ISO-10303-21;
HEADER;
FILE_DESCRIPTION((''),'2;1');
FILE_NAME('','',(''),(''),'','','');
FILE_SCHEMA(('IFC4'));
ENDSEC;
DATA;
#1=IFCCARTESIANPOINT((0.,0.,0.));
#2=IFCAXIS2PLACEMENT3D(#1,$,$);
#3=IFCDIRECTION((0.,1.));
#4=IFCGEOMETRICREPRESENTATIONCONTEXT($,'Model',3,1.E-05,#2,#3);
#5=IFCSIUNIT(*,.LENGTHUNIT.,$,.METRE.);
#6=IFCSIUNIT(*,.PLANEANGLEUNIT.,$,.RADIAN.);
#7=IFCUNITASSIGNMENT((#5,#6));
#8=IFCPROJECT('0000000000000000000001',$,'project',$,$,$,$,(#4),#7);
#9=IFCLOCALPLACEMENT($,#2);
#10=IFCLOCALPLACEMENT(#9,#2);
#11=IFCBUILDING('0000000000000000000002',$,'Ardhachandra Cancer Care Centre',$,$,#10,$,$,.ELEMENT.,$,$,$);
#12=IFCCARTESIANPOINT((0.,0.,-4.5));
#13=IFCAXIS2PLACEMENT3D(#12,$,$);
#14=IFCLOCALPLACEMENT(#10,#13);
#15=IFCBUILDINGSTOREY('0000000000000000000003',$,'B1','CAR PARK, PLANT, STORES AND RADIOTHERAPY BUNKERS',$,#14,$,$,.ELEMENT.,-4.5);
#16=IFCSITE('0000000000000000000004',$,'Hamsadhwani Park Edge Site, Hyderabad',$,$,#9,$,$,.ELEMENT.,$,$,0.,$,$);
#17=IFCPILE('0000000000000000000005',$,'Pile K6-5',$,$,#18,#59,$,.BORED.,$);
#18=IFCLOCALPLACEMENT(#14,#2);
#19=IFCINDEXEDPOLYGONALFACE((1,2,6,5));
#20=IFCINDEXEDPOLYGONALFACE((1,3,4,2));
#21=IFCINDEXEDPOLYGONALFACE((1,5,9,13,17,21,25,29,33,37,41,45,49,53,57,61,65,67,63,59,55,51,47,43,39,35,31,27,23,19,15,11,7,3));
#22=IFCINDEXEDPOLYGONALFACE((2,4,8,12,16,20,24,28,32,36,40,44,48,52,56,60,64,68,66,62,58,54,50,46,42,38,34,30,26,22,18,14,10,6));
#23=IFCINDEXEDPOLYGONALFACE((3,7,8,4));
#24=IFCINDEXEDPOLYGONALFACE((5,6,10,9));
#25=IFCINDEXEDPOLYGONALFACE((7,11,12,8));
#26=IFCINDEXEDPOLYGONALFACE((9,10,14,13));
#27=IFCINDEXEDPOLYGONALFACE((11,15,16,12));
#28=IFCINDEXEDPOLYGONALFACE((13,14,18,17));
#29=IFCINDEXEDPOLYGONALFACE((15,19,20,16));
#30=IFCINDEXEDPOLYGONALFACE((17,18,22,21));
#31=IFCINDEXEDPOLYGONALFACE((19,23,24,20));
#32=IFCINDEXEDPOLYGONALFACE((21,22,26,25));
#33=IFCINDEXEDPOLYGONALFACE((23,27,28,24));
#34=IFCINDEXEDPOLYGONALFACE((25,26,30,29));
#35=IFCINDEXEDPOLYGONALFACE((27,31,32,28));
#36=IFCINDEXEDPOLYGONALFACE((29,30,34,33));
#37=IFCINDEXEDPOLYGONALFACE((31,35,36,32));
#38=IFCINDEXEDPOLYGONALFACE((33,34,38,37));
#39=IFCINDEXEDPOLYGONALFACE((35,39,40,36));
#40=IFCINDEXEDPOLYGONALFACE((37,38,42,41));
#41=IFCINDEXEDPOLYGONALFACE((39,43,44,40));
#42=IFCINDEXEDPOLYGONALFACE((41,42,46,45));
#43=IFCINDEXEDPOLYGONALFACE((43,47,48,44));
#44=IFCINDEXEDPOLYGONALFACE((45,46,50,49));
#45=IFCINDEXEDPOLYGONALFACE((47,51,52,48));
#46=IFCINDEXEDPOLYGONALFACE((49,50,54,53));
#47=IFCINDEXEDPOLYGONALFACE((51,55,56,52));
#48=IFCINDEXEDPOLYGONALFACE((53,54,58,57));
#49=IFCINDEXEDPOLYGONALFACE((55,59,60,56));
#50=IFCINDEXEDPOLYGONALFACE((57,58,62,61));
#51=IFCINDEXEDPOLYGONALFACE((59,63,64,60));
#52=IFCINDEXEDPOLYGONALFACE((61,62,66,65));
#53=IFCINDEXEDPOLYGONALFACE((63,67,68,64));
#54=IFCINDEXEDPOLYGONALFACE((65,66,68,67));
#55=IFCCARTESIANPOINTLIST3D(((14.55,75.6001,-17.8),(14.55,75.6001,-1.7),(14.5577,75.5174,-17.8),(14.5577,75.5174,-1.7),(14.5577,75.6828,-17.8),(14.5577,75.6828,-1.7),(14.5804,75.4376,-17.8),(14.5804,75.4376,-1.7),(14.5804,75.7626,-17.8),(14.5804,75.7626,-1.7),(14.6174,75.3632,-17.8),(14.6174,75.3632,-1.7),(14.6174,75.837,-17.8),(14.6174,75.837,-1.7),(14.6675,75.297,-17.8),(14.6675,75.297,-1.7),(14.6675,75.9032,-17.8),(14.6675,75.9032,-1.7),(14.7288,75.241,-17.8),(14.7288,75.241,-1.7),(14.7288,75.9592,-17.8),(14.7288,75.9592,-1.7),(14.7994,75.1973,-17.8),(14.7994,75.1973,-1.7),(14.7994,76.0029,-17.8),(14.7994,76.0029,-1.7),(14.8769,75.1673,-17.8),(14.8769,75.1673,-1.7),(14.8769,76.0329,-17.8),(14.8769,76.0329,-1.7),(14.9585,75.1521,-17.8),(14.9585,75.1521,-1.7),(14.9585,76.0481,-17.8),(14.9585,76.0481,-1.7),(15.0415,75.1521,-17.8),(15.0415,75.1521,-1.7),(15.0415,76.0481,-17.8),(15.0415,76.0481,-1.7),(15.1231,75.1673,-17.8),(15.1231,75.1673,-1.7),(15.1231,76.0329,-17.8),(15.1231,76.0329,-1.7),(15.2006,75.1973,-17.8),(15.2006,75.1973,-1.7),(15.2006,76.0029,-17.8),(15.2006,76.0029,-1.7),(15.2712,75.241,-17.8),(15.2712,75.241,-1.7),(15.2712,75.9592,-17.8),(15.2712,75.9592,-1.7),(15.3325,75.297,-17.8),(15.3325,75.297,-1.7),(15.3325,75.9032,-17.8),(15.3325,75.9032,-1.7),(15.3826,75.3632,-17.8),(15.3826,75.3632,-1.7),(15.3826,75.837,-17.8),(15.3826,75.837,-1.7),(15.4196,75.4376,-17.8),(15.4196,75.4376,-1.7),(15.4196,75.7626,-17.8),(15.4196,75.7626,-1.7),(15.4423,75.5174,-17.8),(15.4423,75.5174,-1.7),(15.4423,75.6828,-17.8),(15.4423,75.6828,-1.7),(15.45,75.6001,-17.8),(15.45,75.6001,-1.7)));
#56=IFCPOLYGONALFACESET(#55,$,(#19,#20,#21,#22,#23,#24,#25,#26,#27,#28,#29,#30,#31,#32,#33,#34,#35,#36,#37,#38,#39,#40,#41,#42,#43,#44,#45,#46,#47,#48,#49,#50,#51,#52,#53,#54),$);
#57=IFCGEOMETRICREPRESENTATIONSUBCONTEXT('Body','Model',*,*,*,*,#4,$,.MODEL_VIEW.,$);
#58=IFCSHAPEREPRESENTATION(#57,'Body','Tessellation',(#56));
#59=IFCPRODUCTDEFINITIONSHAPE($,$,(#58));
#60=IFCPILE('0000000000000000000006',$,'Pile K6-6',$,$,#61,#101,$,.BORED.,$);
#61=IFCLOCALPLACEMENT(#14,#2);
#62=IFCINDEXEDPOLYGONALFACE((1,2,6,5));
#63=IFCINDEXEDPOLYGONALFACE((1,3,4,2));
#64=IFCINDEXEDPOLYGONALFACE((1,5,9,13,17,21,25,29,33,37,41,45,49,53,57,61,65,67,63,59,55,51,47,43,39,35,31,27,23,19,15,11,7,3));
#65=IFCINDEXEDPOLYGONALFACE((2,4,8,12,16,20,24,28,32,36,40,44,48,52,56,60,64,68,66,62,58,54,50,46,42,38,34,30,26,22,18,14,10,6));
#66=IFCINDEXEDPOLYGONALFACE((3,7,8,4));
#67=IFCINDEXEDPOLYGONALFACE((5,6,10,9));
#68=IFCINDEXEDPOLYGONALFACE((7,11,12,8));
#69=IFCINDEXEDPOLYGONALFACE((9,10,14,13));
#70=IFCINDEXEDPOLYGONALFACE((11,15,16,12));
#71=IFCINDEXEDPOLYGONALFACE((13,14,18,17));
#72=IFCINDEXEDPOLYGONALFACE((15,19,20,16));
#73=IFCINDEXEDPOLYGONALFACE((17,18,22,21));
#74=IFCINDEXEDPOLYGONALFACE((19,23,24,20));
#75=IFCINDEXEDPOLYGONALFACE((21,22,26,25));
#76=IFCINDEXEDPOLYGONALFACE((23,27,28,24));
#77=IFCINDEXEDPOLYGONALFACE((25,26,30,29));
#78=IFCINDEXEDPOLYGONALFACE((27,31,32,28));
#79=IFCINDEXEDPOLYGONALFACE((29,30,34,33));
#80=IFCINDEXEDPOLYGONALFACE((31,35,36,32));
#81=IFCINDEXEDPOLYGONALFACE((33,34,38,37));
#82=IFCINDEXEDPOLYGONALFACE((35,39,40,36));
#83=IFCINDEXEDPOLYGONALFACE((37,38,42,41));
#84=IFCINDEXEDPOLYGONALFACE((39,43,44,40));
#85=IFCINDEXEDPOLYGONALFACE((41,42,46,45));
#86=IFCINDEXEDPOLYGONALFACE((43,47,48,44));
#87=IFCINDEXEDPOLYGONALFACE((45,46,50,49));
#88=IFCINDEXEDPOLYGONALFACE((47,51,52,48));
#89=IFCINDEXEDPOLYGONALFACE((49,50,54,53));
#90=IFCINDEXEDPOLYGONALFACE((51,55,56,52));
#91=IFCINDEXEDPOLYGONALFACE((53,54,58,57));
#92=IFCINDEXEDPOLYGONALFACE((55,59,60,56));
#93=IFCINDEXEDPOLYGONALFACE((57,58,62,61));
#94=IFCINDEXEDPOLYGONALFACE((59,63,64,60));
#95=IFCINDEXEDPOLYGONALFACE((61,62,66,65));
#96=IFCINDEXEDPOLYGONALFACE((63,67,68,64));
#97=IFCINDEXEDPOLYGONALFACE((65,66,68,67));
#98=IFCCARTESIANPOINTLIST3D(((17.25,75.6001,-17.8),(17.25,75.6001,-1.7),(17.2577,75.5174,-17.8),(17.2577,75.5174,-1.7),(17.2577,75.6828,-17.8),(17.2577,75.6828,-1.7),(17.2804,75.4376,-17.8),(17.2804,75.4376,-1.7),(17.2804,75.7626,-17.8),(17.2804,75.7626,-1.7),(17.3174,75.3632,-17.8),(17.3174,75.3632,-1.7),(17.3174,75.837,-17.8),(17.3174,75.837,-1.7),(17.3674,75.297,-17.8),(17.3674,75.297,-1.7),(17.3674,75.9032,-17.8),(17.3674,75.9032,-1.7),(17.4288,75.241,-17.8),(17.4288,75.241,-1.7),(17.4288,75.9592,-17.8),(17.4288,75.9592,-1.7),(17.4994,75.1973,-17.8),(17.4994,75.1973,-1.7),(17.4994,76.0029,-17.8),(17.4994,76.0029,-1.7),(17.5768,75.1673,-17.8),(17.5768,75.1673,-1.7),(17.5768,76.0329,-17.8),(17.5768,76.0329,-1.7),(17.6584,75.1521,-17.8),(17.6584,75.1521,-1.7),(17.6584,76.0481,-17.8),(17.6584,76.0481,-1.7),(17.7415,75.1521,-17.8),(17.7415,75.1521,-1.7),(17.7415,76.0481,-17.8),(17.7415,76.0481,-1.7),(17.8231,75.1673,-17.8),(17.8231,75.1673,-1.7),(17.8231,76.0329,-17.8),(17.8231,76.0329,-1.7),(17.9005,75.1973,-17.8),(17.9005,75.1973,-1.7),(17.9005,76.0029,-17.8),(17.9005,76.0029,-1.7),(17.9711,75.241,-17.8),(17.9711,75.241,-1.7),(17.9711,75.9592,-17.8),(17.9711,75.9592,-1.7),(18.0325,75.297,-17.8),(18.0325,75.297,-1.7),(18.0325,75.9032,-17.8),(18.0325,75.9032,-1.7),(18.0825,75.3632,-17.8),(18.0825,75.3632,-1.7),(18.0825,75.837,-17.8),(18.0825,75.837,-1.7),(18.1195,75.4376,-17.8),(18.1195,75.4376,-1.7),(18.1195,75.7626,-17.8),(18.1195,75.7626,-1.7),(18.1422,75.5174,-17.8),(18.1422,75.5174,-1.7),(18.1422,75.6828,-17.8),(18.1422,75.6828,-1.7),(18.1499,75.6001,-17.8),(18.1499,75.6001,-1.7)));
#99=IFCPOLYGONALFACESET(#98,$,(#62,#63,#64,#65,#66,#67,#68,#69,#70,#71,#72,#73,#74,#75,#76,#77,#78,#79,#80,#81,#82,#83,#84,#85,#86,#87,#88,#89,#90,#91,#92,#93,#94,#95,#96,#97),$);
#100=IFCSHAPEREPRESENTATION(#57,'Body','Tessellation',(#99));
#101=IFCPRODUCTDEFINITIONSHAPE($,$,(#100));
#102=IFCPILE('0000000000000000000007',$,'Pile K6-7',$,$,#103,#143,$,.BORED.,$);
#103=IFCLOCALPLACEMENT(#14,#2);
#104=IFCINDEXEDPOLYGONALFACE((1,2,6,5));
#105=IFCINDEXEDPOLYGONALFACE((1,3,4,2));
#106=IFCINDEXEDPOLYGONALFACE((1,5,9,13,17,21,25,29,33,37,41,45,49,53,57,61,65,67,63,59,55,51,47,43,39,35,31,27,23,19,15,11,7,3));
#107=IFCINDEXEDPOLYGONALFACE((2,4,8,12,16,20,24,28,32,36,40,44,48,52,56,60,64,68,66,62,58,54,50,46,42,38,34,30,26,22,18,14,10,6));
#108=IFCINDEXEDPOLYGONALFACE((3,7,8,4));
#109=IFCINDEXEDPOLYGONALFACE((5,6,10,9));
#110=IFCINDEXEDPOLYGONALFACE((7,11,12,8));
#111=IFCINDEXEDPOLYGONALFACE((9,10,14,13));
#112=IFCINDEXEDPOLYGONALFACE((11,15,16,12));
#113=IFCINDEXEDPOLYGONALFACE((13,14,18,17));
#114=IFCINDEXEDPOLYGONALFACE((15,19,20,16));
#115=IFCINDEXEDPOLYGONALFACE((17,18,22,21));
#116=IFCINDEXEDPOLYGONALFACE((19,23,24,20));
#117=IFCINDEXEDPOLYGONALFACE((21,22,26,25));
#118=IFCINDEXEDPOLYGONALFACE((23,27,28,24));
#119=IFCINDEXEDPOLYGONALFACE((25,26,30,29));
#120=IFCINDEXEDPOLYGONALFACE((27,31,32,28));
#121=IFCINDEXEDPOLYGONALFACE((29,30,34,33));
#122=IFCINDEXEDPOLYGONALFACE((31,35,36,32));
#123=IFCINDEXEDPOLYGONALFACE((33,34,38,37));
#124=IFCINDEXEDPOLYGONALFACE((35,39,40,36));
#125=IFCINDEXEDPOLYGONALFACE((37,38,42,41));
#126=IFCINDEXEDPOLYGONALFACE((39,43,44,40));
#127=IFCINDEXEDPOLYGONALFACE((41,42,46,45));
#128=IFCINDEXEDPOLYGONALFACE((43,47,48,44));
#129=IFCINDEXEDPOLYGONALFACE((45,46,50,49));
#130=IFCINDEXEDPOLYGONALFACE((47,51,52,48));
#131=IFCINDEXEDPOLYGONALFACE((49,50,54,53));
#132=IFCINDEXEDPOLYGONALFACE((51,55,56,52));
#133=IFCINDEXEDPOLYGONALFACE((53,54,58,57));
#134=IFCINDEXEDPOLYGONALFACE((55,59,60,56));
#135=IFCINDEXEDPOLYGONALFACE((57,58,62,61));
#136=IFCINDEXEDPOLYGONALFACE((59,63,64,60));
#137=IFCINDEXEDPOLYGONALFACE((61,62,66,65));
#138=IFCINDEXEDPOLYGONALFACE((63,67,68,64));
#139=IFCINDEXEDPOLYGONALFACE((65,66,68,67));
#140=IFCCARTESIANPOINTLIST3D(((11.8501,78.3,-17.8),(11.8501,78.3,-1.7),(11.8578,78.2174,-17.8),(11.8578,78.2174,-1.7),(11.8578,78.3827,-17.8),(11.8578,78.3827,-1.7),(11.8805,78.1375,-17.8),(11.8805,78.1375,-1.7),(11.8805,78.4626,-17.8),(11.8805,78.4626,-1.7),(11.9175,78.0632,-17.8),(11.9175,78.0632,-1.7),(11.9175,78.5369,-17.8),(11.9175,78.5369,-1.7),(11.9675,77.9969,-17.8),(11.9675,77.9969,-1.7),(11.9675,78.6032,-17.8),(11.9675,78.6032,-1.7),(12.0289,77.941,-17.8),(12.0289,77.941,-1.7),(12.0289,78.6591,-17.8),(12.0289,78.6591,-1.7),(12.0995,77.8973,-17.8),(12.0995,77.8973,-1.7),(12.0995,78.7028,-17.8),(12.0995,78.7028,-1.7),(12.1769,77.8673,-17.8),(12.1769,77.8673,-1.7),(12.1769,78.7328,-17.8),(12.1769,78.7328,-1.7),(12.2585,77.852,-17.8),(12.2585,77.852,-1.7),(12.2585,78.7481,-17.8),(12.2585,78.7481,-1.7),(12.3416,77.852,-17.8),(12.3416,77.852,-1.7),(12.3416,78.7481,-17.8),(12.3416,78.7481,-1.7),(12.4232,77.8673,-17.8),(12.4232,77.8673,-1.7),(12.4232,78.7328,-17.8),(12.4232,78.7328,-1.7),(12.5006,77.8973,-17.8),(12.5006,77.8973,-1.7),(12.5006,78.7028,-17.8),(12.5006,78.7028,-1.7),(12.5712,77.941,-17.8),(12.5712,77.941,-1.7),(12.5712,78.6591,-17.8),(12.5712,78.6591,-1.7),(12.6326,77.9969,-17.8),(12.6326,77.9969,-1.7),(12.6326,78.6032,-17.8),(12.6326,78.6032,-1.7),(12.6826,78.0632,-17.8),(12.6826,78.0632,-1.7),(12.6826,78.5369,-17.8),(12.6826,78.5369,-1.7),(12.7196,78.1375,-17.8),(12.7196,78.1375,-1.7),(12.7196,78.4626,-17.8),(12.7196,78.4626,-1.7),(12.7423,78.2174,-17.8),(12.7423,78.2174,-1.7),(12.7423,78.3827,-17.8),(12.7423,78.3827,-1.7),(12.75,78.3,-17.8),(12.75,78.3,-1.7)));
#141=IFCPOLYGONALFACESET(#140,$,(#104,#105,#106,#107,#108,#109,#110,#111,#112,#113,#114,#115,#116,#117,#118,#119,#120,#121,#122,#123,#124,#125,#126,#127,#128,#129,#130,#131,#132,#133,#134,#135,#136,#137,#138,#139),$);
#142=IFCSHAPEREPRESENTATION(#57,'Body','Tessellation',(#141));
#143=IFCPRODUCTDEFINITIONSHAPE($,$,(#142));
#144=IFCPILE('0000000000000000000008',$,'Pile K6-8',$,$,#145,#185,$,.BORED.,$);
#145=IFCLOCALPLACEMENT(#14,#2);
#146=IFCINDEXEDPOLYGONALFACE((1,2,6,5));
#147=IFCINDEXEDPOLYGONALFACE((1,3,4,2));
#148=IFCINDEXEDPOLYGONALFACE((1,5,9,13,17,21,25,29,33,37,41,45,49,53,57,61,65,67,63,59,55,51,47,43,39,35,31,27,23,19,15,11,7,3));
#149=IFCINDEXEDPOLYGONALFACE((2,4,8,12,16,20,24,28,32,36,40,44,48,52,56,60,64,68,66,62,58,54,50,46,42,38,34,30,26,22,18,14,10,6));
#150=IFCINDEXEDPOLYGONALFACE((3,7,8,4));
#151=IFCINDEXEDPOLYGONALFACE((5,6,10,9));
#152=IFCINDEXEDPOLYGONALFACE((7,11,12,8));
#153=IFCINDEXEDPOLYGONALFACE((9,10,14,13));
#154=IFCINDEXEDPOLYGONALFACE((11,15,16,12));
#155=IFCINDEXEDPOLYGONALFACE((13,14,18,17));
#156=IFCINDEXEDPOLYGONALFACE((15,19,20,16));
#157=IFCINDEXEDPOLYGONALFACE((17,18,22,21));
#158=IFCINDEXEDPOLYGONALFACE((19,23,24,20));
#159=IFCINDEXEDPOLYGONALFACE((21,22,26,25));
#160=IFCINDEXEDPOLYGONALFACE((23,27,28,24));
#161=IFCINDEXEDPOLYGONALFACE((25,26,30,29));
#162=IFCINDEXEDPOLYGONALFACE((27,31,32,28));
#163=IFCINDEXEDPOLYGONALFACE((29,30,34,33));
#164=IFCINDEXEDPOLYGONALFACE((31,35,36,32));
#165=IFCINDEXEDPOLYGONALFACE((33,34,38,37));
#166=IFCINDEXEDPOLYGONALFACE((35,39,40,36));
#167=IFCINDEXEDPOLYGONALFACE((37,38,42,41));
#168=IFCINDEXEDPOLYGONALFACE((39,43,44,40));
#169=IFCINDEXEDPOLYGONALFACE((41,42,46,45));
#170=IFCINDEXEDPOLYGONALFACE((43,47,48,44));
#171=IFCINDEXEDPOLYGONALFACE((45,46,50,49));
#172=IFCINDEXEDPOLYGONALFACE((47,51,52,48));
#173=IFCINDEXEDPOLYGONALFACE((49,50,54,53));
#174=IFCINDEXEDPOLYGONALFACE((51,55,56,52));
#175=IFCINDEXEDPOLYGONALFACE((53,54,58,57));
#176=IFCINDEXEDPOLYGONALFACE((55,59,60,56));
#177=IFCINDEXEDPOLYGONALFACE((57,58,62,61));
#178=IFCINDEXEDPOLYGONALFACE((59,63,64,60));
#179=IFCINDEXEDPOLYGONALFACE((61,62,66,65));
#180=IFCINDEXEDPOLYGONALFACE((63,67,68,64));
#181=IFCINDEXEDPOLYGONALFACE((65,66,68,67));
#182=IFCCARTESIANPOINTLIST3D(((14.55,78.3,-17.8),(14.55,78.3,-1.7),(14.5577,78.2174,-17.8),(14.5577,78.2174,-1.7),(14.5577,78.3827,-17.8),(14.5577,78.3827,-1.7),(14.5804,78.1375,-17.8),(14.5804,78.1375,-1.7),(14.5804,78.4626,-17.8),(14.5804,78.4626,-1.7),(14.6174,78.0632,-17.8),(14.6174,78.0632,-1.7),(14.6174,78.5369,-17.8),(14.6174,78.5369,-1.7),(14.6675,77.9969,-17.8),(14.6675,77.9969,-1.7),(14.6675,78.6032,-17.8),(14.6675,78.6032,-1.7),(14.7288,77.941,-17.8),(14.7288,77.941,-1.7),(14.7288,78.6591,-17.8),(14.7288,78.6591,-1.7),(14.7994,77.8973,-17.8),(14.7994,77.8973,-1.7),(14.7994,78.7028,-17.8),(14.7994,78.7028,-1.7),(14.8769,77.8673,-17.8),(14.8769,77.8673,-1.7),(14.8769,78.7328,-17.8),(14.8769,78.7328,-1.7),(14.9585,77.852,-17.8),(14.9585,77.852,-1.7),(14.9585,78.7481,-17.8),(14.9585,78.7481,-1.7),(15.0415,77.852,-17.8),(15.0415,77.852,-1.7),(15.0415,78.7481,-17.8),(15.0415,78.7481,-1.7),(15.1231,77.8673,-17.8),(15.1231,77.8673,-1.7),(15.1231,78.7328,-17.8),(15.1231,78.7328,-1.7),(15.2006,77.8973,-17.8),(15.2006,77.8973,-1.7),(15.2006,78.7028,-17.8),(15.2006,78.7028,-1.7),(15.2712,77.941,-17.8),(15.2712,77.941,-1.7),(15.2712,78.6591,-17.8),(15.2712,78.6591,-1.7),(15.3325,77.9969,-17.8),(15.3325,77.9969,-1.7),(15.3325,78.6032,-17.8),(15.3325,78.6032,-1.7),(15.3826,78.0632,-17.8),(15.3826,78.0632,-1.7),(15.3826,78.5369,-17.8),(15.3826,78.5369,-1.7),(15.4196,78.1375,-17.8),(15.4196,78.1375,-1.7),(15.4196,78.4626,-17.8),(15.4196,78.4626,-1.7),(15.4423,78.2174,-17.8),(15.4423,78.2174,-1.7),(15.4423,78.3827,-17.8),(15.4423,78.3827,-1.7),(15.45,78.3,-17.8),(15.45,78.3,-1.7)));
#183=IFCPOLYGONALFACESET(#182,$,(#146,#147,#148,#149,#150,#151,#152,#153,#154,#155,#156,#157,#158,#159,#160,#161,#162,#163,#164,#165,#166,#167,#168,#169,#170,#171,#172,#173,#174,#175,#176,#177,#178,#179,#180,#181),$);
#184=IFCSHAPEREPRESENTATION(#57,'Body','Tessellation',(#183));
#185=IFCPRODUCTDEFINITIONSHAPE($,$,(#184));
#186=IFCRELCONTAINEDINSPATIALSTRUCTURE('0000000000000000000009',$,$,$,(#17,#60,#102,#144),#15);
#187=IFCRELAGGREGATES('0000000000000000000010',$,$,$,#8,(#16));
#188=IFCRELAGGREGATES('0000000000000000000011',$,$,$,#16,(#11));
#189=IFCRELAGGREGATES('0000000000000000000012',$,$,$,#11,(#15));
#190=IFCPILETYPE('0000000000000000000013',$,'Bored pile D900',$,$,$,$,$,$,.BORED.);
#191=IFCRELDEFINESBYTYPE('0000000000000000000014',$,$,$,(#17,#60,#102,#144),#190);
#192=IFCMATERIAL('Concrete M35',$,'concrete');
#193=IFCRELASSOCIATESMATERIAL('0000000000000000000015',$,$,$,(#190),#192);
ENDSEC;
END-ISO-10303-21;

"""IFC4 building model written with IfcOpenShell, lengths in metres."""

from ifc_helpers import new_model, si_unit, direction, frame, origin, origin_2d, place, context, subcontext, project, spatial, circle, extrude, material, material_profile, profile_set, type_object, element, save


model = new_model("IFC4")

# Units and contexts
model_context = context("Model", 3, precision=1e-05, world=origin(), true_north=direction((0.0, 1.0)))
body_context = subcontext(model_context, "Body", "Model", "MODEL_VIEW")
ifc_project = project(units=[si_unit("LENGTHUNIT", "METRE"), si_unit("PLANEANGLEUNIT", "RADIAN")], contexts=[model_context])

# Site, building, storey
site_placement = place(None, origin())
site = spatial("IfcSite", under=ifc_project, at=site_placement, Name="Hamsadhwani Park Edge Site, Hyderabad", CompositionType="ELEMENT", RefElevation=0.0)
building_placement = place(site_placement, origin())
building = spatial("IfcBuilding", under=site, at=building_placement, Name="Ardhachandra Cancer Care Centre", CompositionType="ELEMENT")
storey_placement = place(building_placement, frame((0.0, 0.0, -4.5)))
storey = spatial("IfcBuildingStorey", under=building, at=storey_placement, Name="B1", Description="CAR PARK, PLANT, STORES AND RADIOTHERAPY BUNKERS", CompositionType="ELEMENT", Elevation=-4.5)

# Piles
ifc_material_1 = material(Name="Concrete M35", Category="concrete")
ifc_material_profile = material_profile(ifc_material_1, circle(Radius=0.45, at=origin_2d()), Name="D900")
ifc_profile_set = profile_set([ifc_material_profile], Name="Concrete M35")
pile_type = type_object("IfcPileType", Name="Bored pile D900", PredefinedType="BORED", material=ifc_profile_set)
for number, where, z_axis, x_axis, name in (
    (1, (15.0, 75.6001, -1.7), (0.0, 0.0, -1.0), (1.0, 0.0, 0.0), "Pile K6-5"),
    (2, (17.7, 75.6001, -1.7), (0.0, 0.0, -1.0), (1.0, 0.0, 0.0), "Pile K6-6"),
    (3, (12.3, 78.3, -1.7), (0.0, 0.0, -1.0), (1.0, 0.0, 0.0), "Pile K6-7"),
    (4, (15.0, 78.3, -1.7), (0.0, 0.0, -1.0), (1.0, 0.0, 0.0), "Pile K6-8"),
):
    element("IfcPile", number, at=place(storey_placement, frame(where, z_axis=z_axis, x_axis=x_axis)), inside=storey, type_object=pile_type, Name=name, PredefinedType="BORED", context=body_context, shape_type="SweptSolid", body=[
        extrude(circle(Radius=0.45, at=origin_2d()), origin(), (0.0, 0.0, 1.0), 16.1001),
    ])

save(model, "model.ifc")
